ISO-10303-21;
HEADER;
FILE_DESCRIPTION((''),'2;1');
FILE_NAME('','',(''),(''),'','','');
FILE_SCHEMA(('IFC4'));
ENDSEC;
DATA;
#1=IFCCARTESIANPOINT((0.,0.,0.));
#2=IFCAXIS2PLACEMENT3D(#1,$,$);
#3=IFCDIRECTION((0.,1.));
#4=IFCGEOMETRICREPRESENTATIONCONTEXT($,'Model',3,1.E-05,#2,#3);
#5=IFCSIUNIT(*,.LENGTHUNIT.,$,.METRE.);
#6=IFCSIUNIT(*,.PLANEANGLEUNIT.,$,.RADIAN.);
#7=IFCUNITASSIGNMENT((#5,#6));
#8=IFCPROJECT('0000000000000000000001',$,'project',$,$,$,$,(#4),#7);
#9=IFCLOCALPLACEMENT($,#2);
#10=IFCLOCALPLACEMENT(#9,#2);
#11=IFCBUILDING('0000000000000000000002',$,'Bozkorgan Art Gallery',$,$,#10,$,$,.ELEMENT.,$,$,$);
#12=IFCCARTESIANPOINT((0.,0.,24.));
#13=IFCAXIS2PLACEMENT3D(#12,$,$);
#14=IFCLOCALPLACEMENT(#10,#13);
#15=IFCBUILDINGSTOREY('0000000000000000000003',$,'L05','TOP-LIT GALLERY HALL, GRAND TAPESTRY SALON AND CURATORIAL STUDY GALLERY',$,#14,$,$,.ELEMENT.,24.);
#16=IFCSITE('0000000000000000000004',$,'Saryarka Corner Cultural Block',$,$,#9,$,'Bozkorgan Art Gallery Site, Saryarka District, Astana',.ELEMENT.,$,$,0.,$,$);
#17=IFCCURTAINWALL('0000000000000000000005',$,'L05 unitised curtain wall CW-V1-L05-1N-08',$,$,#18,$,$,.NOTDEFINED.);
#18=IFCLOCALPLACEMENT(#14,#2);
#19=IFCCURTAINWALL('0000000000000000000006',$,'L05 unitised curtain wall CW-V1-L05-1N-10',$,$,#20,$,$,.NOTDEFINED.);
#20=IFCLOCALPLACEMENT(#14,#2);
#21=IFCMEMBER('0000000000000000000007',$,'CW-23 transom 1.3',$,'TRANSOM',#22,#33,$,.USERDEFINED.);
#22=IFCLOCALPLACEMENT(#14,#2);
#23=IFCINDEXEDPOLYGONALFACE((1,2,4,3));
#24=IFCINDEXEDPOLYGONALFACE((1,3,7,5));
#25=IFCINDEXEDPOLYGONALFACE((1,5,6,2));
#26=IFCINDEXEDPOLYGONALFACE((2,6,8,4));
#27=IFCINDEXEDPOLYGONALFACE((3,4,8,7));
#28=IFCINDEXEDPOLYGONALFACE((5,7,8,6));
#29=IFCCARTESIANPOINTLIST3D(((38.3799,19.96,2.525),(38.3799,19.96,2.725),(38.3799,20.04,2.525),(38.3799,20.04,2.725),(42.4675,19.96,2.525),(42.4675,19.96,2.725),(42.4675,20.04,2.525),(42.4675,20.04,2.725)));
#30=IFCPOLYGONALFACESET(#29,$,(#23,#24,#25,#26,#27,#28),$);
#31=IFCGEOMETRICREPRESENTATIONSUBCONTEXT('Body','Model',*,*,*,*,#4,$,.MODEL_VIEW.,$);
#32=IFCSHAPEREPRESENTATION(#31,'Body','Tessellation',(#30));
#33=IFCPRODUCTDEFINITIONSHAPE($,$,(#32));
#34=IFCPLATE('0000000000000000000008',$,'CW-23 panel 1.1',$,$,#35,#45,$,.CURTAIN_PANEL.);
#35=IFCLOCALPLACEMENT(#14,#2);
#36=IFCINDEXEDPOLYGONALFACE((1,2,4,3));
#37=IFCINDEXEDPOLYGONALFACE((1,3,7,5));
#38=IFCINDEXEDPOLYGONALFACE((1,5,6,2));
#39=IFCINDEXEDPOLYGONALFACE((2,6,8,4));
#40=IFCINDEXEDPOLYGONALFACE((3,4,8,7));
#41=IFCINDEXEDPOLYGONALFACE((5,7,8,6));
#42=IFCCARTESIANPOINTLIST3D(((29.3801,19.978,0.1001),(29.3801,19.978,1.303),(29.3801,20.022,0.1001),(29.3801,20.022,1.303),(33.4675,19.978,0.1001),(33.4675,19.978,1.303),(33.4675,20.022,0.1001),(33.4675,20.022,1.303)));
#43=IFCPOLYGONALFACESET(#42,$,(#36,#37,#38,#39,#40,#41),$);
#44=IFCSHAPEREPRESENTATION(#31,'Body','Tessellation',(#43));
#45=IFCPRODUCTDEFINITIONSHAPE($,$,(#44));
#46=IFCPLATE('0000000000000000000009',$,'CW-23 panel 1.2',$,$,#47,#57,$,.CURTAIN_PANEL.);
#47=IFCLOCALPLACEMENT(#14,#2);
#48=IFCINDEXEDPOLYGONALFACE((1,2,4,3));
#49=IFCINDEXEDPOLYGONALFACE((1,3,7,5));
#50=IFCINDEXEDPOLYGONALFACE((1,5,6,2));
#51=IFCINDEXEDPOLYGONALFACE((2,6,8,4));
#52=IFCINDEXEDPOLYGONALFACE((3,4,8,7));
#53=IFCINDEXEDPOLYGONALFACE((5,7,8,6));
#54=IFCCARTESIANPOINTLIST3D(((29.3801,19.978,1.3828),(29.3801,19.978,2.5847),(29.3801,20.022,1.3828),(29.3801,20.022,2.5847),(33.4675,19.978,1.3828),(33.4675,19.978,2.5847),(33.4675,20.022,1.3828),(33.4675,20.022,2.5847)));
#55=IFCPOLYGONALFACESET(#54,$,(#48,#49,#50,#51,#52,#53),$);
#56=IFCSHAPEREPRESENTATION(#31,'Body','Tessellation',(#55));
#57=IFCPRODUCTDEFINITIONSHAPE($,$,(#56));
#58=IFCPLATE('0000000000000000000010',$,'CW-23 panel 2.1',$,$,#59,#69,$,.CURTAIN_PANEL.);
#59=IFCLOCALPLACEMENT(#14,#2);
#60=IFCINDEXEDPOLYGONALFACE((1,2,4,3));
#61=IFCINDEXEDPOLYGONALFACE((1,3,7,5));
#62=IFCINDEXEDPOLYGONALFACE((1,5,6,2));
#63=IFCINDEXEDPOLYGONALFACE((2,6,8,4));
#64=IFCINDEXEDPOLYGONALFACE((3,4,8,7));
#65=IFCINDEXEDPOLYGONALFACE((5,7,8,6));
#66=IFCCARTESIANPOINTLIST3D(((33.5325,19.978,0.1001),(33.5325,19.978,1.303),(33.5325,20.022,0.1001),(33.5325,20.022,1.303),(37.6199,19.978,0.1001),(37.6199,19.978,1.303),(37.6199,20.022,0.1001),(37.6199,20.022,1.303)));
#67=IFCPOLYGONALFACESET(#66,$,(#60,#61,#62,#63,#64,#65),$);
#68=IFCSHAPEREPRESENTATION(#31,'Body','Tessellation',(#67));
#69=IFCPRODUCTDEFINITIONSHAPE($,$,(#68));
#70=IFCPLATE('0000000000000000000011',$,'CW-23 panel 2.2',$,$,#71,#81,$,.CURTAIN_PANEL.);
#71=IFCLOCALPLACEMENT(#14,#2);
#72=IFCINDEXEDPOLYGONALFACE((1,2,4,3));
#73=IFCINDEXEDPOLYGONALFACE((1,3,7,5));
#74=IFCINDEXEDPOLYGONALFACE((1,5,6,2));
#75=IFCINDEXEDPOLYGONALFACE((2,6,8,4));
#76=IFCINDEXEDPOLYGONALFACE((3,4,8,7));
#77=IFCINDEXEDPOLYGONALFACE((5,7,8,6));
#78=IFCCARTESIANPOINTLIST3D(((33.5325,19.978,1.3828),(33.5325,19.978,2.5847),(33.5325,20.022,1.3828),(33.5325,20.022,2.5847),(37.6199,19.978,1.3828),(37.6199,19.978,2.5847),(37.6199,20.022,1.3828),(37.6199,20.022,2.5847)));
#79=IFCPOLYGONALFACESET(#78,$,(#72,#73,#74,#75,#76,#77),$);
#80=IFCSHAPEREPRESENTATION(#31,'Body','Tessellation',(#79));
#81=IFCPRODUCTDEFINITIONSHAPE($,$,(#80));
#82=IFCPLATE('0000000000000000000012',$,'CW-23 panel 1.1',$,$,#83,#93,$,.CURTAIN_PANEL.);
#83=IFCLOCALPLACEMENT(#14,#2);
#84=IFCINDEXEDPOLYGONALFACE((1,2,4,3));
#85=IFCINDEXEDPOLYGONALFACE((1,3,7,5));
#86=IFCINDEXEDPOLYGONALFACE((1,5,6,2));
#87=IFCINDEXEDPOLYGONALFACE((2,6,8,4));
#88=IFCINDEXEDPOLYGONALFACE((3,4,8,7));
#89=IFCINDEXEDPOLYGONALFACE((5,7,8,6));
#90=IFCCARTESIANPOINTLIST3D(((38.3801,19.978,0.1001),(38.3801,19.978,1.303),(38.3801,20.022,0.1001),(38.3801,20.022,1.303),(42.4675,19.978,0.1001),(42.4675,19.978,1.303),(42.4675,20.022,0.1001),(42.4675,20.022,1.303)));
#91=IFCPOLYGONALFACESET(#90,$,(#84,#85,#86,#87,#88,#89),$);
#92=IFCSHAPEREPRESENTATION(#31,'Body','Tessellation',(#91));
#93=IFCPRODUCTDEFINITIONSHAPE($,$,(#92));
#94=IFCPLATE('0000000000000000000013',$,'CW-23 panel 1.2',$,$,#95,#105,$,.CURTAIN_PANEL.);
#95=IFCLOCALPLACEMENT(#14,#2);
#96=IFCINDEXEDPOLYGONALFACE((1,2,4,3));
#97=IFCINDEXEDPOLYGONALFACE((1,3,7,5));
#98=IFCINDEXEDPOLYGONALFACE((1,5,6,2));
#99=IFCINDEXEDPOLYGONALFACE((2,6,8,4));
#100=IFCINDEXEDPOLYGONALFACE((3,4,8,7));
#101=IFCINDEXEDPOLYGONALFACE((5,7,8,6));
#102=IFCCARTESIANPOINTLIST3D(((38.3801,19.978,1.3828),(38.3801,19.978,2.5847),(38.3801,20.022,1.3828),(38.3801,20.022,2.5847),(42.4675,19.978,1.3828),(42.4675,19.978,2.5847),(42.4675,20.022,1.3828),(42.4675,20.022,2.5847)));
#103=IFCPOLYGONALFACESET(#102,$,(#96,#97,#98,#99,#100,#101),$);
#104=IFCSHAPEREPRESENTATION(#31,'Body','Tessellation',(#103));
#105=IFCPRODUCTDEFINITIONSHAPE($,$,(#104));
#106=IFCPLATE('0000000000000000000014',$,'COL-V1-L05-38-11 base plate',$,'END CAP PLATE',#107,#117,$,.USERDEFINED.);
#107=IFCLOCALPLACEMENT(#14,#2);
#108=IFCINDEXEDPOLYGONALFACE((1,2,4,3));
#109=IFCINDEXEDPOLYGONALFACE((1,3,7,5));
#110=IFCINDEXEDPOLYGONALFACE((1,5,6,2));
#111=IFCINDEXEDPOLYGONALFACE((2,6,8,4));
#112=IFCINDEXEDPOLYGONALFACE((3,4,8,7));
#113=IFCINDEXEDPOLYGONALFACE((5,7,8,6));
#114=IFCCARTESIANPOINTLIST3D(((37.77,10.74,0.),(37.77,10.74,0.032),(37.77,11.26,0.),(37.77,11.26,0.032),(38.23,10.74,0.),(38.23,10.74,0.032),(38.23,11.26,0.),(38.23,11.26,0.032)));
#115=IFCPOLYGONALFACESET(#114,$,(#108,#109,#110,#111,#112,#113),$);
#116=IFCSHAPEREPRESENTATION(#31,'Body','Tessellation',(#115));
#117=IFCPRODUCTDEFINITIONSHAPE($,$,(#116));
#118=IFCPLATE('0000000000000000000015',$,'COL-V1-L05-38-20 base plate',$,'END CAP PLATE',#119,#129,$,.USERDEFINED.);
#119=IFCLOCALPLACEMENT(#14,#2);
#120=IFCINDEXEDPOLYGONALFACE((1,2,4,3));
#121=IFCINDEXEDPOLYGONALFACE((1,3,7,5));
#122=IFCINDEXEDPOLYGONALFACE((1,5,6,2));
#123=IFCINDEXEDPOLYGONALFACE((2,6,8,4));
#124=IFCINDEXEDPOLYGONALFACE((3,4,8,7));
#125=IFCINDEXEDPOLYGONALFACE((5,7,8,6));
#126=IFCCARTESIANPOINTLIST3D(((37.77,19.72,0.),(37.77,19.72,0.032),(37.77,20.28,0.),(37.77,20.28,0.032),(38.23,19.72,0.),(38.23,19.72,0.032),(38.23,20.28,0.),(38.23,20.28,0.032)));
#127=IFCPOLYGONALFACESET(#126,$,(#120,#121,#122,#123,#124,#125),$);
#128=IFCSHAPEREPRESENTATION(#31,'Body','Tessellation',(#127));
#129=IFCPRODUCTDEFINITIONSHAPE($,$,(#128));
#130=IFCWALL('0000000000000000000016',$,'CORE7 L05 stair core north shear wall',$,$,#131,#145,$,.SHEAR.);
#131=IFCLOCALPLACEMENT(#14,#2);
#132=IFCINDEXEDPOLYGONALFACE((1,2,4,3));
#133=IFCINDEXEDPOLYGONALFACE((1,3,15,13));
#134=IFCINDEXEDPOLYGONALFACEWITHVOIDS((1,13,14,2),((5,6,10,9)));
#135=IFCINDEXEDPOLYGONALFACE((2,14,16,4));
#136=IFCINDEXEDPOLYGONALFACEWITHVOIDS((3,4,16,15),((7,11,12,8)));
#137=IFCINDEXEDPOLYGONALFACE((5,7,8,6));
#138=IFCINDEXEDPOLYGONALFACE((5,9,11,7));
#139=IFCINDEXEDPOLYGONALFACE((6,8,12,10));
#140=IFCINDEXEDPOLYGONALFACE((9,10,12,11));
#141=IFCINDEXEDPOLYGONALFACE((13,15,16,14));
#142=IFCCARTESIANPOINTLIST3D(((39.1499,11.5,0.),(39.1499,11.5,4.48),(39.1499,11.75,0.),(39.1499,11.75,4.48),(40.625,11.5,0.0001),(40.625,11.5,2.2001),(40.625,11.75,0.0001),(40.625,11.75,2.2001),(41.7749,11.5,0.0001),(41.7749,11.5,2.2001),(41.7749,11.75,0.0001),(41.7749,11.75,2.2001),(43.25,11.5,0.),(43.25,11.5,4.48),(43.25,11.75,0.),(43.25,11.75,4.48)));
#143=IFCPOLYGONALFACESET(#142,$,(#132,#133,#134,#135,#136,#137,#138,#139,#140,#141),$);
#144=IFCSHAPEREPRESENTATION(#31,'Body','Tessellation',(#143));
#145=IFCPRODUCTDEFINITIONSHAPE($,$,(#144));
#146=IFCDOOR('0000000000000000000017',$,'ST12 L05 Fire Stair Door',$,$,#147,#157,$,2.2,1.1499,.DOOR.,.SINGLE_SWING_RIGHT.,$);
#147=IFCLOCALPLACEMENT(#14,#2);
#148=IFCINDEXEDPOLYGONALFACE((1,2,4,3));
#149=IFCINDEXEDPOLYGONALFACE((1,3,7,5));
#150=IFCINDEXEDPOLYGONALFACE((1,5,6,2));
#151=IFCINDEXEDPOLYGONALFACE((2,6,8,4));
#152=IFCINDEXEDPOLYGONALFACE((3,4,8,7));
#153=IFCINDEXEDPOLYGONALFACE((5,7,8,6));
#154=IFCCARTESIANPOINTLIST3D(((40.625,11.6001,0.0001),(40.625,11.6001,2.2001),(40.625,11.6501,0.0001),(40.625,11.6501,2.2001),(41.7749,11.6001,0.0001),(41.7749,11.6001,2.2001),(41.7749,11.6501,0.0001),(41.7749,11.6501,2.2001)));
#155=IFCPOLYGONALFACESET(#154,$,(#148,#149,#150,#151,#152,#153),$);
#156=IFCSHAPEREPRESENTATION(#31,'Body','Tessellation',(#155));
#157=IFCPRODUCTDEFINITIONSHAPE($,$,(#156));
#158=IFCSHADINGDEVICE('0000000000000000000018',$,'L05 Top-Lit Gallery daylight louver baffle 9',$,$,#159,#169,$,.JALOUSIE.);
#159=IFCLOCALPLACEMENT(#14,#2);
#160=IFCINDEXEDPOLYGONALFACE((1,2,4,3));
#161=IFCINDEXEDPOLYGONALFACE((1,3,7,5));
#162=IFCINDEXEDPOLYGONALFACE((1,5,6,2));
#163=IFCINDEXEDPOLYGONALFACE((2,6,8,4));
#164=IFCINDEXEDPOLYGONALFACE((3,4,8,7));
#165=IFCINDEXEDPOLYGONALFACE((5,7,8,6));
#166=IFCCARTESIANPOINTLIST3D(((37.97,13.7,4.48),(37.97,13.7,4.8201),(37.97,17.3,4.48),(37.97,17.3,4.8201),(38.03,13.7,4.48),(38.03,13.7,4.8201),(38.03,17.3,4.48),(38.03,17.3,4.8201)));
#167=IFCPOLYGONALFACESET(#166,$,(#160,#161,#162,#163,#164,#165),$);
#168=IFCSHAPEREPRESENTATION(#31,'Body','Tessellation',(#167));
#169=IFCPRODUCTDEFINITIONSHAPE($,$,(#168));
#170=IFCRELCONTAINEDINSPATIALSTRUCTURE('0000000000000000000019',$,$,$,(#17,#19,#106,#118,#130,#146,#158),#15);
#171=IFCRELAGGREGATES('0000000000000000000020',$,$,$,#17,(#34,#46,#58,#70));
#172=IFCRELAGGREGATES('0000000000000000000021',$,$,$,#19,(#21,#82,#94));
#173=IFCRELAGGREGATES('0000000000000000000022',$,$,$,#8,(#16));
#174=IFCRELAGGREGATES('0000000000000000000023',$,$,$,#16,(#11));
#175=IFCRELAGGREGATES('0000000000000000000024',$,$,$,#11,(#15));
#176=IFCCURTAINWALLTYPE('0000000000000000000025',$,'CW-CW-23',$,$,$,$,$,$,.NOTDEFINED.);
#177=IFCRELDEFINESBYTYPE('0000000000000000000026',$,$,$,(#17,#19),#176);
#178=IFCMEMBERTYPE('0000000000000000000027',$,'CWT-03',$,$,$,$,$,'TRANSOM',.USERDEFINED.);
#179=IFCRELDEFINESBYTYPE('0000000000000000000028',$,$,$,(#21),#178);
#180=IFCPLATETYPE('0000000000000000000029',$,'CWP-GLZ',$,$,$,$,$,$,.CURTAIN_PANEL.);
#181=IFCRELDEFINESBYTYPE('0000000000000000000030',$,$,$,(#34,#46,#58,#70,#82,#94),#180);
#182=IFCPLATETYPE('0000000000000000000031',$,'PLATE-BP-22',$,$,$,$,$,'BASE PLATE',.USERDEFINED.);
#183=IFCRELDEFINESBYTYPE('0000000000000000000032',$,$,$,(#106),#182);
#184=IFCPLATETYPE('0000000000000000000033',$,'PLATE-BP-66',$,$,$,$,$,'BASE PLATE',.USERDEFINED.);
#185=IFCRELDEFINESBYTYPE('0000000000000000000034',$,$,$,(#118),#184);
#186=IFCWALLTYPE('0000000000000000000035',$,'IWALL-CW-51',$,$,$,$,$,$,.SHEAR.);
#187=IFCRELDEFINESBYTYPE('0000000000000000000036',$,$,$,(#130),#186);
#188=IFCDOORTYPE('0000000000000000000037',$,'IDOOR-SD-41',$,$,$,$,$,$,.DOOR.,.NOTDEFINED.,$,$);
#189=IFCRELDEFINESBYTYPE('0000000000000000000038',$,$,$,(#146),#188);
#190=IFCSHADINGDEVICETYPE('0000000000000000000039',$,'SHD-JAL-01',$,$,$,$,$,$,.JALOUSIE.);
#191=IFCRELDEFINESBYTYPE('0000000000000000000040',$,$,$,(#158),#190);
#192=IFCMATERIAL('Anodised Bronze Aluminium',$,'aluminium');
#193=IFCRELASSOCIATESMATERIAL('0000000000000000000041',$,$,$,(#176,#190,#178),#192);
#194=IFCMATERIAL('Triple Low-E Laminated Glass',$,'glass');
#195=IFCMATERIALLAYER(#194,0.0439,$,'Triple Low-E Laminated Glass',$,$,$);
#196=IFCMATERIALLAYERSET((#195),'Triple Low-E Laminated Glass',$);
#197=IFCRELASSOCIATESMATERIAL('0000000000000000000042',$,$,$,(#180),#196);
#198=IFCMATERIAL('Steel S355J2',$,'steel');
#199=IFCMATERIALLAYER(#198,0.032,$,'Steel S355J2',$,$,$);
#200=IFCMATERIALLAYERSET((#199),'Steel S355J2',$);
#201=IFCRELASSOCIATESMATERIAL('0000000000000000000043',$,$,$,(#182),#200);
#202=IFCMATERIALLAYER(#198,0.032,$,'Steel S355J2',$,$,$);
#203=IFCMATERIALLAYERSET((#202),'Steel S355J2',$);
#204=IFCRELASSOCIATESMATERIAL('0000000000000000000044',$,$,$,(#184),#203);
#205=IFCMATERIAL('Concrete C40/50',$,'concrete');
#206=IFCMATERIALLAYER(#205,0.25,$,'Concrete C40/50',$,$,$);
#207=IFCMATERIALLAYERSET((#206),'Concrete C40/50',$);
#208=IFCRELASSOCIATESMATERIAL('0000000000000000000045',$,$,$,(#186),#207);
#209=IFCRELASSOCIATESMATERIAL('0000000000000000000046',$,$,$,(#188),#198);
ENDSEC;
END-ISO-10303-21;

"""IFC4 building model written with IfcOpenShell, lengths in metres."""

from ifc_helpers import new_model, si_unit, direction, frame, frame_2d, origin, origin_2d, place, context, subcontext, project, spatial, rectangle, extrude, material, layer, layer_set, material_profile, profile_set, type_object, element, fill, aggregate, save


model = new_model("IFC4")

# Units and contexts
model_context = context("Model", 3, precision=1e-05, world=origin(), true_north=direction((0.0, 1.0)))
body_context = subcontext(model_context, "Body", "Model", "MODEL_VIEW")
ifc_project = project(units=[si_unit("LENGTHUNIT", "METRE"), si_unit("PLANEANGLEUNIT", "RADIAN")], contexts=[model_context])

# Site, building, storey
site_placement = place(None, origin())
site = spatial("IfcSite", under=ifc_project, at=site_placement, Name="Saryarka Corner Cultural Block", LongName="Bozkorgan Art Gallery Site, Saryarka District, Astana", CompositionType="ELEMENT", RefElevation=0.0)
building_placement = place(site_placement, origin())
building = spatial("IfcBuilding", under=site, at=building_placement, Name="Bozkorgan Art Gallery", CompositionType="ELEMENT")
storey_placement = place(building_placement, frame((0.0, 0.0, 24.0)))
storey = spatial("IfcBuildingStorey", under=building, at=storey_placement, Name="L05", Description="TOP-LIT GALLERY HALL, GRAND TAPESTRY SALON AND CURATORIAL STUDY GALLERY", CompositionType="ELEMENT", Elevation=24.0)

# Shared definitions
ifc_material_1 = material(Name="Steel S355J2", Category="steel")

# Curtain wall
ifc_material_2 = material(Name="Anodised Bronze Aluminium", Category="aluminium")
curtain_wall_type = type_object("IfcCurtainWallType", Name="CW-CW-23", PredefinedType="NOTDEFINED", material=ifc_material_2)
curtain_wall_1_placement = place(storey_placement, origin())
curtain_wall_1 = element("IfcCurtainWall", 1, at=curtain_wall_1_placement, inside=storey, type_object=curtain_wall_type, Name="L05 unitised curtain wall CW-V1-L05-1N-08", PredefinedType="NOTDEFINED")

# Curtain wall
curtain_wall_2_placement = place(storey_placement, origin())
curtain_wall_2 = element("IfcCurtainWall", 2, at=curtain_wall_2_placement, inside=storey, type_object=curtain_wall_type, Name="L05 unitised curtain wall CW-V1-L05-1N-10", PredefinedType="NOTDEFINED")

# Member
ifc_material_profile_1 = material_profile(ifc_material_2, rectangle(XDim=0.0801, YDim=0.2, at=origin_2d()), Name="ALU TRANSOM 80x200")
ifc_profile_set_1 = profile_set([ifc_material_profile_1], Name="Anodised Bronze Aluminium")
member_type_1 = type_object("IfcMemberType", Name="CWT-03", ElementType="TRANSOM", PredefinedType="USERDEFINED", material=ifc_profile_set_1)
member_1_placement = place(storey_placement, frame((38.3799, 20.0, 2.625), z_axis=(1.0, 0.0, 0.0), x_axis=(0.0, 1.0, 0.0)))
member_1 = element("IfcMember", 3, at=member_1_placement, type_object=member_type_1, Name="CW-23 transom 1.3", ObjectType="TRANSOM", PredefinedType="USERDEFINED", context=body_context, shape_type="SweptSolid", body=[
    extrude(rectangle(XDim=0.0801, YDim=0.2, at=origin_2d()), origin(), (0.0, 0.0, 1.0), 4.0876),
])

# Plates
ifc_material_3 = material(Name="Triple Low-E Laminated Glass", Category="glass")
ifc_layer_1 = layer(ifc_material_3, 0.0439, Name="Triple Low-E Laminated Glass")
ifc_layer_set_1 = layer_set([ifc_layer_1], Name="Triple Low-E Laminated Glass")
plate_type_1 = type_object("IfcPlateType", Name="CWP-GLZ", PredefinedType="CURTAIN_PANEL", material=ifc_layer_set_1)
plate_1_placement = place(storey_placement, frame((31.4238, 20.0, 0.1001), z_axis=(0.0, 0.0, 1.0), x_axis=(1.0, 0.0, 0.0)))
plate_1 = element("IfcPlate", 4, at=plate_1_placement, type_object=plate_type_1, Name="CW-23 panel 1.1", PredefinedType="CURTAIN_PANEL", context=body_context, shape_type="SweptSolid", body=[
    extrude(rectangle(XDim=4.0874, YDim=0.0439, at=origin_2d()), origin(), (0.0, 0.0, 1.0), 1.2029),
])
plate_2_placement = place(storey_placement, frame((31.4238, 20.0, 1.3828), z_axis=(0.0, 0.0, 1.0), x_axis=(1.0, 0.0, 0.0)))
plate_2 = element("IfcPlate", 5, at=plate_2_placement, type_object=plate_type_1, Name="CW-23 panel 1.2", PredefinedType="CURTAIN_PANEL", context=body_context, shape_type="SweptSolid", body=[
    extrude(rectangle(XDim=4.0874, YDim=0.0439, at=origin_2d()), origin(), (0.0, 0.0, 1.0), 1.2019),
])
plate_3_placement = place(storey_placement, frame((35.5762, 20.0, 0.1001), z_axis=(0.0, 0.0, 1.0), x_axis=(1.0, 0.0, 0.0)))
plate_3 = element("IfcPlate", 6, at=plate_3_placement, type_object=plate_type_1, Name="CW-23 panel 2.1", PredefinedType="CURTAIN_PANEL", context=body_context, shape_type="SweptSolid", body=[
    extrude(rectangle(XDim=4.0874, YDim=0.0439, at=origin_2d()), origin(), (0.0, 0.0, 1.0), 1.2029),
])
plate_4_placement = place(storey_placement, frame((35.5762, 20.0, 1.3828), z_axis=(0.0, 0.0, 1.0), x_axis=(1.0, 0.0, 0.0)))
plate_4 = element("IfcPlate", 7, at=plate_4_placement, type_object=plate_type_1, Name="CW-23 panel 2.2", PredefinedType="CURTAIN_PANEL", context=body_context, shape_type="SweptSolid", body=[
    extrude(rectangle(XDim=4.0874, YDim=0.0439, at=origin_2d()), origin(), (0.0, 0.0, 1.0), 1.2019),
])
aggregate(curtain_wall_1, [plate_1, plate_2, plate_3, plate_4])
plate_5_placement = place(storey_placement, frame((40.4238, 20.0, 0.1001), z_axis=(0.0, 0.0, 1.0), x_axis=(1.0, 0.0, 0.0)))
plate_5 = element("IfcPlate", 8, at=plate_5_placement, type_object=plate_type_1, Name="CW-23 panel 1.1", PredefinedType="CURTAIN_PANEL", context=body_context, shape_type="SweptSolid", body=[
    extrude(rectangle(XDim=4.0874, YDim=0.0439, at=origin_2d()), origin(), (0.0, 0.0, 1.0), 1.2029),
])
plate_6_placement = place(storey_placement, frame((40.4238, 20.0, 1.3828), z_axis=(0.0, 0.0, 1.0), x_axis=(1.0, 0.0, 0.0)))
plate_6 = element("IfcPlate", 9, at=plate_6_placement, type_object=plate_type_1, Name="CW-23 panel 1.2", PredefinedType="CURTAIN_PANEL", context=body_context, shape_type="SweptSolid", body=[
    extrude(rectangle(XDim=4.0874, YDim=0.0439, at=origin_2d()), origin(), (0.0, 0.0, 1.0), 1.2019),
])
aggregate(curtain_wall_2, [member_1, plate_5, plate_6])

# Plates
ifc_layer_2 = layer(ifc_material_1, 0.032, Name="Steel S355J2")
ifc_layer_set_2 = layer_set([ifc_layer_2], Name="Steel S355J2")
plate_type_2 = type_object("IfcPlateType", Name="PLATE-BP-22", ElementType="BASE PLATE", PredefinedType="USERDEFINED", material=ifc_layer_set_2)
plate_7_placement = place(storey_placement, frame((38.0, 11.0, 0.0), z_axis=(0.0, 0.0, 1.0), x_axis=(1.0, 0.0, 0.0)))
element("IfcPlate", 10, at=plate_7_placement, inside=storey, type_object=plate_type_2, Name="COL-V1-L05-38-11 base plate", ObjectType="END CAP PLATE", PredefinedType="USERDEFINED", context=body_context, shape_type="SweptSolid", body=[
    extrude(rectangle(XDim=0.46, YDim=0.52, at=origin_2d()), origin(), (0.0, 0.0, 1.0), 0.032),
])
ifc_layer_3 = layer(ifc_material_1, 0.032, Name="Steel S355J2")
ifc_layer_set_3 = layer_set([ifc_layer_3], Name="Steel S355J2")
plate_type_3 = type_object("IfcPlateType", Name="PLATE-BP-66", ElementType="BASE PLATE", PredefinedType="USERDEFINED", material=ifc_layer_set_3)
plate_8_placement = place(storey_placement, frame((38.0, 20.0, 0.0), z_axis=(0.0, 0.0, 1.0), x_axis=(1.0, 0.0, 0.0)))
element("IfcPlate", 11, at=plate_8_placement, inside=storey, type_object=plate_type_3, Name="COL-V1-L05-38-20 base plate", ObjectType="END CAP PLATE", PredefinedType="USERDEFINED", context=body_context, shape_type="SweptSolid", body=[
    extrude(rectangle(XDim=0.46, YDim=0.5601, at=origin_2d()), origin(), (0.0, 0.0, 1.0), 0.032),
])

# Wall, opening, door
ifc_material_4 = material(Name="Concrete C40/50", Category="concrete")
ifc_layer_4 = layer(ifc_material_4, 0.25, Name="Concrete C40/50")
ifc_layer_set_4 = layer_set([ifc_layer_4], Name="Concrete C40/50")
wall_type = type_object("IfcWallType", Name="IWALL-CW-51", PredefinedType="SHEAR", material=ifc_layer_set_4)
wall_placement = place(storey_placement, frame((39.1499, 11.625, 0.0), z_axis=(0.0, 0.0, 1.0), x_axis=(1.0, 0.0, 0.0)))
wall = element("IfcWall", 12, at=wall_placement, inside=storey, type_object=wall_type, Name="CORE7 L05 stair core north shear wall", PredefinedType="SHEAR", context=body_context, shape_type="SweptSolid", body=[
    extrude(rectangle(XDim=4.1001, YDim=0.25, at=frame_2d((2.05, 0.0))), origin(), (0.0, 0.0, 1.0), 4.48),
])
opening_placement = place(wall_placement, frame((2.625, 0.0, 0.0), z_axis=(0.0, 0.0, 1.0), x_axis=(-1.0, 0.0, 0.0)))
opening = element("IfcOpeningElement", 13, at=opening_placement, cuts=wall, PredefinedType="OPENING", context=body_context, shape_type="SweptSolid", body=[
    extrude(rectangle(XDim=1.1499, YDim=2.2, at=frame_2d((0.575, 1.1001))), frame((0.0, 0.135, 0.0), z_axis=(0.0, -1.0, 0.0), x_axis=(1.0, 0.0, 0.0)), (0.0, 0.0, 1.0), 0.27),
])
door_type = type_object("IfcDoorType", Name="IDOOR-SD-41", OperationType="NOTDEFINED", PredefinedType="DOOR", material=ifc_material_1)
door_placement = place(opening_placement, origin())
door = element("IfcDoor", 14, at=door_placement, inside=storey, type_object=door_type, Name="ST12 L05 Fire Stair Door", OperationType="SINGLE_SWING_RIGHT", OverallHeight=2.2, OverallWidth=1.1499, PredefinedType="DOOR", context=body_context, shape_type="SweptSolid", body=[
    extrude(rectangle(XDim=1.1499, YDim=2.2, at=frame_2d((0.575, 1.1001))), frame((0.0, 0.0249, 0.0), z_axis=(0.0, -1.0, 0.0), x_axis=(1.0, 0.0, 0.0)), (0.0, 0.0, 1.0), 0.05),
])
fill(opening, door)

# Shading device
shading_device_type = type_object("IfcShadingDeviceType", Name="SHD-JAL-01", PredefinedType="JALOUSIE", material=ifc_material_2)
shading_device_placement = place(storey_placement, frame((38.0, 15.5, 4.48), z_axis=(0.0, 0.0, 1.0), x_axis=(1.0, 0.0, 0.0)))
element("IfcShadingDevice", 15, at=shading_device_placement, inside=storey, type_object=shading_device_type, Name="L05 Top-Lit Gallery daylight louver baffle 9", PredefinedType="JALOUSIE", context=body_context, shape_type="SweptSolid", body=[
    extrude(rectangle(XDim=0.0601, YDim=3.6001, at=origin_2d()), origin(), (0.0, 0.0, 1.0), 0.3401),
])

save(model, "model.ifc")
